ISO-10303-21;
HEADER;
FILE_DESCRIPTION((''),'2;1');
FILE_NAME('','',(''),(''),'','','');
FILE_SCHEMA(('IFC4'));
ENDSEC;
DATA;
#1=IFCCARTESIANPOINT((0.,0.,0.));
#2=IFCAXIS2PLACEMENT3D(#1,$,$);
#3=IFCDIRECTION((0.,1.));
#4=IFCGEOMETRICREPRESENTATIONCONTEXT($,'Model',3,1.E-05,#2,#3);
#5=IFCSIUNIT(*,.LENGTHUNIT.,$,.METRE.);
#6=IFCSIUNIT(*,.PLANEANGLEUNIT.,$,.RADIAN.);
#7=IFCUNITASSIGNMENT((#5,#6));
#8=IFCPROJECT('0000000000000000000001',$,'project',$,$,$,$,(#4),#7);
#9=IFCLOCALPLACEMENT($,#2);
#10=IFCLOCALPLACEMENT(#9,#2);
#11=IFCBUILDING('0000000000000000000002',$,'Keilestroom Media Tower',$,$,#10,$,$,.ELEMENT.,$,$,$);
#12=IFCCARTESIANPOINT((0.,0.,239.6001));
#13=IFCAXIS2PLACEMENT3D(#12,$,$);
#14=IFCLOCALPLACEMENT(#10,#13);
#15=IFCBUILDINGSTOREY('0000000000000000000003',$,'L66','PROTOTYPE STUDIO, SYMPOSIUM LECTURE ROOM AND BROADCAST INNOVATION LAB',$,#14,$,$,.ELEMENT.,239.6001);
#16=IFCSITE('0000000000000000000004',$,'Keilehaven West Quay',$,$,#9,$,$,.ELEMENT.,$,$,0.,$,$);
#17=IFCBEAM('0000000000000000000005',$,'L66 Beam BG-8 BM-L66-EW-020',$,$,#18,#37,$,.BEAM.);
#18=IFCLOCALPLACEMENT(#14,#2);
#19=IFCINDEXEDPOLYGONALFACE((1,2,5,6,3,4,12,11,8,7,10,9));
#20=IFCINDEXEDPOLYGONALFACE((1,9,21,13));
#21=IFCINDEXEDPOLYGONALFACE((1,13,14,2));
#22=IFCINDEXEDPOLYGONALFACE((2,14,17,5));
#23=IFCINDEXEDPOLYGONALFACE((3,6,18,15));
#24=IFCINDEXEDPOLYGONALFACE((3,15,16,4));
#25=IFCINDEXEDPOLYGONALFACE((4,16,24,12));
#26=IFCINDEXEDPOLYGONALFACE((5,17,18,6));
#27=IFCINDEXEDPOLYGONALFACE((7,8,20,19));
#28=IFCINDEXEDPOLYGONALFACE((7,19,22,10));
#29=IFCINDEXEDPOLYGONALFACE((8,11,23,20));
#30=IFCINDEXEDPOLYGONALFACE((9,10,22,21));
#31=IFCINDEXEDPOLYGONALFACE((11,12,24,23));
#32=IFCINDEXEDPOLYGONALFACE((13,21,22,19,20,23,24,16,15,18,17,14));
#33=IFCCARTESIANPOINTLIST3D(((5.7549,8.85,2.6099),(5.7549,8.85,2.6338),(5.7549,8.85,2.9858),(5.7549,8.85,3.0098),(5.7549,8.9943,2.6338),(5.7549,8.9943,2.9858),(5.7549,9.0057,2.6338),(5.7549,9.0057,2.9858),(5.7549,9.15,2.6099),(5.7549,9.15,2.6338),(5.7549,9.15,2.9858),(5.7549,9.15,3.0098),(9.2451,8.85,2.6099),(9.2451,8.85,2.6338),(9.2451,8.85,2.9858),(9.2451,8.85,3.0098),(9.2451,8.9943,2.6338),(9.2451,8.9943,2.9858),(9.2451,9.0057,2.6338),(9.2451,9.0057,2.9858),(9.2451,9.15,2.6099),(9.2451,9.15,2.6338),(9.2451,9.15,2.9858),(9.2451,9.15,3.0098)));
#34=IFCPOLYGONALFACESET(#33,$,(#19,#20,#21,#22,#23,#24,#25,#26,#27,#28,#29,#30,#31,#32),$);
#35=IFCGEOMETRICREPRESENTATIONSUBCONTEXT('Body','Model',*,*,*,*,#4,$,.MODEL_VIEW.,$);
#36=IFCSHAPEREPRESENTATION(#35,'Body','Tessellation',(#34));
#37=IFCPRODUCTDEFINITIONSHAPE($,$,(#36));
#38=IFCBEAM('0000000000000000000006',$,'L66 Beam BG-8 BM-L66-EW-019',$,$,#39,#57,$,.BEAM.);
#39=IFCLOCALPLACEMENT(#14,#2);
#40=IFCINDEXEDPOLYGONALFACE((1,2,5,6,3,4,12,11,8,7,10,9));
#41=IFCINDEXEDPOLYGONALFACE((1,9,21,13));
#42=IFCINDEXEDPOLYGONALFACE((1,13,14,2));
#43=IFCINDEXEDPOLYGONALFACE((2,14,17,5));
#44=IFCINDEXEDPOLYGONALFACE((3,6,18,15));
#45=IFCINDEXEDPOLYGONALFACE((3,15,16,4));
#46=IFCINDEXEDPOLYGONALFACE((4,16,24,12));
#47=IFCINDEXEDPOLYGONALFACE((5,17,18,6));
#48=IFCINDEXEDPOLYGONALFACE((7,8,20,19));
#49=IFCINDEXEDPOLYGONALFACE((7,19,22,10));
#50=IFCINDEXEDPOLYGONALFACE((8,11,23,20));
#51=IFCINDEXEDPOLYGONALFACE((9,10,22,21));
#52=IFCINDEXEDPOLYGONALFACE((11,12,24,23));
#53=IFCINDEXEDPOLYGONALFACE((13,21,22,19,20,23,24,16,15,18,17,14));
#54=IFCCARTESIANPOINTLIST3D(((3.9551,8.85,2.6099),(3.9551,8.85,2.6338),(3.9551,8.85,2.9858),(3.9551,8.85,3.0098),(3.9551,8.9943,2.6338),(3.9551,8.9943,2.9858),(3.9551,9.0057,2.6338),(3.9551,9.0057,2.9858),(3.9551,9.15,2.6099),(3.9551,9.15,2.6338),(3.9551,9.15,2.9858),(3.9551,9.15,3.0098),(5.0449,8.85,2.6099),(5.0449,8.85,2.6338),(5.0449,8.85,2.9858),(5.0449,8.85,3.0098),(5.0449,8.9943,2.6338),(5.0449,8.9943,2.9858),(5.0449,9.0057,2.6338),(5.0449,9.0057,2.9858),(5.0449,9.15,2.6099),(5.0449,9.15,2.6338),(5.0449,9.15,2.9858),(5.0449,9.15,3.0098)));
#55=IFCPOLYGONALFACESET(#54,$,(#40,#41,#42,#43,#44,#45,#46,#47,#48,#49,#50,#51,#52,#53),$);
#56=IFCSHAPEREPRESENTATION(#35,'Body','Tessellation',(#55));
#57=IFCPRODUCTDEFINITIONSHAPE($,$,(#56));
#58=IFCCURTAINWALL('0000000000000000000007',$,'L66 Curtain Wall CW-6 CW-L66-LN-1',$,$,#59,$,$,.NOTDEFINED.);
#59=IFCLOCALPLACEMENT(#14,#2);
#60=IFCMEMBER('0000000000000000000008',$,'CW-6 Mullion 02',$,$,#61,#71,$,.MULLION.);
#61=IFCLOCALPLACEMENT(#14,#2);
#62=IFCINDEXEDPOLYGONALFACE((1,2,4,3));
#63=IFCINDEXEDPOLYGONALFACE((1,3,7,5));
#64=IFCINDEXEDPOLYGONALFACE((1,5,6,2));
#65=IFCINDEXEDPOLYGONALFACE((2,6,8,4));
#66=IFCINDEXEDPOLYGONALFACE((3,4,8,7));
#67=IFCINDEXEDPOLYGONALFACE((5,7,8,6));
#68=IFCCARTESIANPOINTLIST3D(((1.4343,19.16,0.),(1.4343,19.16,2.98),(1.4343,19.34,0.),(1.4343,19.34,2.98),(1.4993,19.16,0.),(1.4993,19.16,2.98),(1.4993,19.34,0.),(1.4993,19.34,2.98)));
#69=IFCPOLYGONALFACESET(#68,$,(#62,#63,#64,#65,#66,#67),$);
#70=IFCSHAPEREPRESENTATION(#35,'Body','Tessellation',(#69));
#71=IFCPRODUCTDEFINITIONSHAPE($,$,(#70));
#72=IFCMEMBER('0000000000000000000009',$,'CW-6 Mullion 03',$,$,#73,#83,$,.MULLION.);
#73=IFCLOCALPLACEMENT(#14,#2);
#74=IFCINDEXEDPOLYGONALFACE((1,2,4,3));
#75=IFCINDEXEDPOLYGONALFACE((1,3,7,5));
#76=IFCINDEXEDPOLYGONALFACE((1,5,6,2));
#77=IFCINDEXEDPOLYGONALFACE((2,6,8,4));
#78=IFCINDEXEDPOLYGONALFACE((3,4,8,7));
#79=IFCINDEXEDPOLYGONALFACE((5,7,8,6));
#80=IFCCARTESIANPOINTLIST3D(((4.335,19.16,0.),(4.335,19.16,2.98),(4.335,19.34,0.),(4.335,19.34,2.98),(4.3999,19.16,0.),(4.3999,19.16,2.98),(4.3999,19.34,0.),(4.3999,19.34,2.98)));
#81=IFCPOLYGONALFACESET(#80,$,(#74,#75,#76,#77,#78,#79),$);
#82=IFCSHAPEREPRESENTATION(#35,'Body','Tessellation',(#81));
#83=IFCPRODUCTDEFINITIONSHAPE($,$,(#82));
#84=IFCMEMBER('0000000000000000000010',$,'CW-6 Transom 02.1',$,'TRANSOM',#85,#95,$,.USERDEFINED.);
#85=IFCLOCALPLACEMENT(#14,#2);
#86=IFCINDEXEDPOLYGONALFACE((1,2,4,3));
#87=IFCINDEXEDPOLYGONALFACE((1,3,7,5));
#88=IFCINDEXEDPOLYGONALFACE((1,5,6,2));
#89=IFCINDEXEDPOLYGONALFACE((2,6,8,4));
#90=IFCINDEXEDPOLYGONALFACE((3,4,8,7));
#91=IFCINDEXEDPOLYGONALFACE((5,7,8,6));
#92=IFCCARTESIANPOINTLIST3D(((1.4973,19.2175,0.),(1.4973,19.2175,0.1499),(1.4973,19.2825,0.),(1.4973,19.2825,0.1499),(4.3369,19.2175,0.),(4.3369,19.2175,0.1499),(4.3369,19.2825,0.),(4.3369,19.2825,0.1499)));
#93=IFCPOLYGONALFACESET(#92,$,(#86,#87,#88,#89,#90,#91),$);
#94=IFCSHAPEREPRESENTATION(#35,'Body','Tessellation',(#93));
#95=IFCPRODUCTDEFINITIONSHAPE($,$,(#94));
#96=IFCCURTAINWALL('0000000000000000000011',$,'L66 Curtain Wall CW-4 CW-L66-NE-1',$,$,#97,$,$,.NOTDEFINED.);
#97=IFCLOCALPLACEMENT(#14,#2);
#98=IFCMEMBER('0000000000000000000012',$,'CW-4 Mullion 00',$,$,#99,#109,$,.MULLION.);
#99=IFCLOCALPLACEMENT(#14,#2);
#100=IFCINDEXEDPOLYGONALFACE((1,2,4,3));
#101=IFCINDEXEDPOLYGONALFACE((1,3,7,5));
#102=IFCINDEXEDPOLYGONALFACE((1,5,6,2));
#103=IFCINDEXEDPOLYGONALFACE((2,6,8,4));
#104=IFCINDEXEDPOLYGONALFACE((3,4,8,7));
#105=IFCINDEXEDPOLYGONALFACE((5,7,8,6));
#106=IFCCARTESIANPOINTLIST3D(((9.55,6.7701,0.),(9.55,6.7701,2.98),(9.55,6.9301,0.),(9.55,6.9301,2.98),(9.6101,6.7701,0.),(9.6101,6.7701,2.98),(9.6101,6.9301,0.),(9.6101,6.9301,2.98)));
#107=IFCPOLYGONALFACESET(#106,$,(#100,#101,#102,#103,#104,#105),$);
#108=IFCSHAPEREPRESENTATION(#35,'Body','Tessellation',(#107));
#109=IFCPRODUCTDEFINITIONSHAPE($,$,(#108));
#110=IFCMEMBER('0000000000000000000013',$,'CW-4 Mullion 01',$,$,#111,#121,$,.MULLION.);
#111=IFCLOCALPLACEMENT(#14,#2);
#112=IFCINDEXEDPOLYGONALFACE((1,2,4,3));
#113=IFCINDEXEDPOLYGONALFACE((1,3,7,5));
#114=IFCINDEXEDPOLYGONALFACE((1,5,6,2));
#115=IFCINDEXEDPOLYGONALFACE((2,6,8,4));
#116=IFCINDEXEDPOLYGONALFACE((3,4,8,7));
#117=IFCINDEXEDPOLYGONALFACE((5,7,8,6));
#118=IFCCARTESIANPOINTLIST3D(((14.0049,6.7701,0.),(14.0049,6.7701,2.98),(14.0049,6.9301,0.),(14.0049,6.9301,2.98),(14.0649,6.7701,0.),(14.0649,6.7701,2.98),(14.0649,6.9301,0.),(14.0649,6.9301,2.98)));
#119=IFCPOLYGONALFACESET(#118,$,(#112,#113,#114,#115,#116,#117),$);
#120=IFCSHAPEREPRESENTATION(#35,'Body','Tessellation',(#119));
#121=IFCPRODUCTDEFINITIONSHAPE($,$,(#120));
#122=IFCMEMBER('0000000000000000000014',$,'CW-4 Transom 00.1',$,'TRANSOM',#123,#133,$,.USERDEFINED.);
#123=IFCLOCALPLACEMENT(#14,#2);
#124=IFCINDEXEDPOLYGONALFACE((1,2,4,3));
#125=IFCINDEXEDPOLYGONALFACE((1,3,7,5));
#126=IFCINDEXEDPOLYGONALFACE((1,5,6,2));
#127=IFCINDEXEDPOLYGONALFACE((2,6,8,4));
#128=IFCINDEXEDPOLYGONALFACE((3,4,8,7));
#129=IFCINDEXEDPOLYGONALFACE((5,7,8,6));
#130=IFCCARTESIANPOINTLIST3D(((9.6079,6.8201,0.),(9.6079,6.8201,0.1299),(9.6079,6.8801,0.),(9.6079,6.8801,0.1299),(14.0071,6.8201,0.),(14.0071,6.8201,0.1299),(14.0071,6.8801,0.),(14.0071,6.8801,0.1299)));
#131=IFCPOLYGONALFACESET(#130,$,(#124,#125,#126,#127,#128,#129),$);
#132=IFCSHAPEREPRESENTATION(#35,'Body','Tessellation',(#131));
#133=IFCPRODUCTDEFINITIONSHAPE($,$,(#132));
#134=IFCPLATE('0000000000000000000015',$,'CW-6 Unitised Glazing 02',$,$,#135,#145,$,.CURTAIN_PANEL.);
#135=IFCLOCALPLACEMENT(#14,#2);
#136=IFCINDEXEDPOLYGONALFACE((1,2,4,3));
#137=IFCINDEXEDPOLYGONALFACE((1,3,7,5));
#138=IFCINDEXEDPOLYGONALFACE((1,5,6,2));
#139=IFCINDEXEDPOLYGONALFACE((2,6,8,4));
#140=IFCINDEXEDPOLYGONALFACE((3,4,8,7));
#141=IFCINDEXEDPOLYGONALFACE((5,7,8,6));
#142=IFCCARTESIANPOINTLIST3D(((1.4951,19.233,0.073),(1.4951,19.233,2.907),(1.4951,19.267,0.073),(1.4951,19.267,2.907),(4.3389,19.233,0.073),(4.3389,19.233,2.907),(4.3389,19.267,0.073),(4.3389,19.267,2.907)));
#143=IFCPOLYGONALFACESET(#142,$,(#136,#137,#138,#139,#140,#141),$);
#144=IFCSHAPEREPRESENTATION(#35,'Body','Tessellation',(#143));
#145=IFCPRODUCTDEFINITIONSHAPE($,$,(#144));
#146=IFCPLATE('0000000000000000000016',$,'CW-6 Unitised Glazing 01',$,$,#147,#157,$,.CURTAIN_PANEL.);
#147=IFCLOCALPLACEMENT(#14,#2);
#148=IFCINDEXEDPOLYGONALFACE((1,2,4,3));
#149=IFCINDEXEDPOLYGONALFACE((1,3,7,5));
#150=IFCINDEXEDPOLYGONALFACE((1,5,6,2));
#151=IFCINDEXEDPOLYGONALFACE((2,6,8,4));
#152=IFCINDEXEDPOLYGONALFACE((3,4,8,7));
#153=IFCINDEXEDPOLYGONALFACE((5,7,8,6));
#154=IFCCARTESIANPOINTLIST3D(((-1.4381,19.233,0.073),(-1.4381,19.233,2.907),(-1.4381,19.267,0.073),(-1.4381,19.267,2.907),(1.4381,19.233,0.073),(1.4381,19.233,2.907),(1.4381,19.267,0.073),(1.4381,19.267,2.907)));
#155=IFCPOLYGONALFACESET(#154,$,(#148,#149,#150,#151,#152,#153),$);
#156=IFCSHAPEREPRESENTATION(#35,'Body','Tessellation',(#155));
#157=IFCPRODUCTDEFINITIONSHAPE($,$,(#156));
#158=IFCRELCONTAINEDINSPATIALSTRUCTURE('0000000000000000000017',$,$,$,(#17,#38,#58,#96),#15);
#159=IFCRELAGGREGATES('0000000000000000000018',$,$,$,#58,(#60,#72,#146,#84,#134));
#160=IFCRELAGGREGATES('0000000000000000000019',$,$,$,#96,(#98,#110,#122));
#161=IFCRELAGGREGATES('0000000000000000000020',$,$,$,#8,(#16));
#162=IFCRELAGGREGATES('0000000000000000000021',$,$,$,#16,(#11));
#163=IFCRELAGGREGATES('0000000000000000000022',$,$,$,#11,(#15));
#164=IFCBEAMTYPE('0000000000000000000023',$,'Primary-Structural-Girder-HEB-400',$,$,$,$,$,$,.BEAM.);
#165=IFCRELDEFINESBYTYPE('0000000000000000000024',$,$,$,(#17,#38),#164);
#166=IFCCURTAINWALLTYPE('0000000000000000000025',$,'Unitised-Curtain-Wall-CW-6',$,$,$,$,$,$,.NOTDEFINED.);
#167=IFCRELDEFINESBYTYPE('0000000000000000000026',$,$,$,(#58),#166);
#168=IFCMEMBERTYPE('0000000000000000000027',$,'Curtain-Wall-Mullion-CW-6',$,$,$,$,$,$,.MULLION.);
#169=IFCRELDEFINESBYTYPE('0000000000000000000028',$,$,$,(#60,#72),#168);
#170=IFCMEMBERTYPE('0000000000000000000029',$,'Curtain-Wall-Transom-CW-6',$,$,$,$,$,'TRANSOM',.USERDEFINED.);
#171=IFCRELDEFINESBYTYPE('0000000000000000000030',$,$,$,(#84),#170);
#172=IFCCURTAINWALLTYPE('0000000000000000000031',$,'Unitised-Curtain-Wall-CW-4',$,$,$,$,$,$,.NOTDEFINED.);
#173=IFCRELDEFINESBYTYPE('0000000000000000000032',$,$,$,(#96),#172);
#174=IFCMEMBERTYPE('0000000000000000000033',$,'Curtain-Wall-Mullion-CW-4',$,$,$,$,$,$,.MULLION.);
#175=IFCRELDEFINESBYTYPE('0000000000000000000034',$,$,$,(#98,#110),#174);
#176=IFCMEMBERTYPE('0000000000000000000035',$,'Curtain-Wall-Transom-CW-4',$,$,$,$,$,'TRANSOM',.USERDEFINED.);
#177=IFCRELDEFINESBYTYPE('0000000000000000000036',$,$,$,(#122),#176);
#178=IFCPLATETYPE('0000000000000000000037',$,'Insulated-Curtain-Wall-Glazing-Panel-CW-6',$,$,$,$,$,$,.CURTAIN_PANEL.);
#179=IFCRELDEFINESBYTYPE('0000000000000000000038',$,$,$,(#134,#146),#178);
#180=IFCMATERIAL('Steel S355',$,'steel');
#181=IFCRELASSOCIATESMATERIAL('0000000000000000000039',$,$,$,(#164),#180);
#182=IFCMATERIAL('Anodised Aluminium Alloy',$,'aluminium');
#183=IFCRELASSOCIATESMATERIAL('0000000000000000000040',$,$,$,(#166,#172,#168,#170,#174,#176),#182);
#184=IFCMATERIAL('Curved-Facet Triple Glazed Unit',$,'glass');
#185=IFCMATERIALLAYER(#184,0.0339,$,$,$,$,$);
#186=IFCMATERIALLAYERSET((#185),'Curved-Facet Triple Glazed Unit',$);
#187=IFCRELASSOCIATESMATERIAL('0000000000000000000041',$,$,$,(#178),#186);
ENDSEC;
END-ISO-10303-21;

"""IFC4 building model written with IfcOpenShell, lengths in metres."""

from ifc_helpers import new_model, si_unit, direction, frame, origin, origin_2d, place, context, subcontext, project, spatial, rectangle, i_section, extrude, source, transform, mapped, material, layer, layer_set, material_profile, profile_set, type_object, element, aggregate, save


model = new_model("IFC4")

# Units and contexts
model_context = context("Model", 3, precision=1e-05, world=origin(), true_north=direction((0.0, 1.0)))
body_context = subcontext(model_context, "Body", "Model", "MODEL_VIEW")
ifc_project = project(units=[si_unit("LENGTHUNIT", "METRE"), si_unit("PLANEANGLEUNIT", "RADIAN")], contexts=[model_context])

# Site, building, storey
site_placement = place(None, origin())
site = spatial("IfcSite", under=ifc_project, at=site_placement, Name="Keilehaven West Quay", CompositionType="ELEMENT", RefElevation=0.0)
building_placement = place(site_placement, origin())
building = spatial("IfcBuilding", under=site, at=building_placement, Name="Keilestroom Media Tower", CompositionType="ELEMENT")
storey_placement = place(building_placement, frame((0.0, 0.0, 239.6001)))
storey = spatial("IfcBuildingStorey", under=building, at=storey_placement, Name="L66", Description="PROTOTYPE STUDIO, SYMPOSIUM LECTURE ROOM AND BROADCAST INNOVATION LAB", CompositionType="ELEMENT", Elevation=239.6001)

# Shared definitions
ifc_material_1 = material(Name="Steel S355", Category="steel")

# Beams
ifc_material_profile_1 = material_profile(ifc_material_1, i_section(OverallWidth=0.3, OverallDepth=0.3999, WebThickness=0.0115, FlangeThickness=0.0239, at=origin_2d()), Name="HEB 400")
ifc_profile_set_1 = profile_set([ifc_material_profile_1], Name="Steel S355")
beam_type = type_object("IfcBeamType", Name="Primary-Structural-Girder-HEB-400", PredefinedType="BEAM", material=ifc_profile_set_1)
shared_shape_1 = source(origin(), body_context, "Body", "SweptSolid", [
    extrude(i_section(OverallWidth=0.3, OverallDepth=0.3999, WebThickness=0.0115, FlangeThickness=0.0239, at=origin_2d()), origin(), (0.0, 0.0, 1.0), 3.4902),
])
beam_1_placement = place(storey_placement, frame((5.7549, 9.0, 2.8098), z_axis=(1.0, 0.0, 0.0), x_axis=(0.0, 1.0, 0.0)))
element("IfcBeam", 1, at=beam_1_placement, inside=storey, type_object=beam_type, Name="L66 Beam BG-8 BM-L66-EW-020", PredefinedType="BEAM", context=body_context, shape_type="MappedRepresentation", body=[
    mapped(shared_shape_1, transform((0.0, 0.0, 0.0), x_axis=(1.0, 0.0, 0.0), y_axis=(0.0, 1.0, 0.0), z_axis=(0.0, 0.0, 1.0), scale=1.0)),
])
shared_shape_2 = source(origin(), body_context, "Body", "SweptSolid", [
    extrude(i_section(OverallWidth=0.3, OverallDepth=0.3999, WebThickness=0.0115, FlangeThickness=0.0239, at=origin_2d()), origin(), (0.0, 0.0, 1.0), 1.0898),
])
beam_2_placement = place(storey_placement, frame((3.9551, 9.0, 2.8098), z_axis=(1.0, 0.0, 0.0), x_axis=(0.0, 1.0, 0.0)))
element("IfcBeam", 2, at=beam_2_placement, inside=storey, type_object=beam_type, Name="L66 Beam BG-8 BM-L66-EW-019", PredefinedType="BEAM", context=body_context, shape_type="MappedRepresentation", body=[
    mapped(shared_shape_2, transform((0.0, 0.0, 0.0), x_axis=(1.0, 0.0, 0.0), y_axis=(0.0, 1.0, 0.0), z_axis=(0.0, 0.0, 1.0), scale=1.0)),
])

# Curtain walls, members
ifc_material_2 = material(Name="Anodised Aluminium Alloy", Category="aluminium")
curtain_wall_type_1 = type_object("IfcCurtainWallType", Name="Unitised-Curtain-Wall-CW-6", PredefinedType="NOTDEFINED", material=ifc_material_2)
curtain_wall_1_placement = place(storey_placement, origin())
curtain_wall_1 = element("IfcCurtainWall", 3, at=curtain_wall_1_placement, inside=storey, type_object=curtain_wall_type_1, Name="L66 Curtain Wall CW-6 CW-L66-LN-1", PredefinedType="NOTDEFINED")
ifc_material_profile_2 = material_profile(ifc_material_2, rectangle(XDim=0.0649, YDim=0.1799, at=origin_2d()), Name="ALU MULLION 65x180")
ifc_profile_set_2 = profile_set([ifc_material_profile_2], Name="Anodised Aluminium Alloy")
member_type_1 = type_object("IfcMemberType", Name="Curtain-Wall-Mullion-CW-6", PredefinedType="MULLION", material=ifc_profile_set_2)
shared_shape_3 = source(origin(), body_context, "Body", "SweptSolid", [
    extrude(rectangle(XDim=0.0649, YDim=0.1799, at=origin_2d()), origin(), (0.0, 0.0, 1.0), 2.98),
])
member_1_placement = place(storey_placement, frame((1.4668, 19.25, 0.0), z_axis=(0.0, 0.0, 1.0), x_axis=(1.0, 0.0, 0.0)))
member_1 = element("IfcMember", 4, at=member_1_placement, type_object=member_type_1, Name="CW-6 Mullion 02", PredefinedType="MULLION", context=body_context, shape_type="MappedRepresentation", body=[
    mapped(shared_shape_3, transform((0.0, 0.0, 0.0), x_axis=(1.0, 0.0, 0.0), y_axis=(0.0, 1.0, 0.0), z_axis=(0.0, 0.0, 1.0), scale=1.0)),
])
member_2_placement = place(storey_placement, frame((4.3674, 19.25, 0.0), z_axis=(0.0, 0.0, 1.0), x_axis=(1.0, 0.0, 0.0)))
member_2 = element("IfcMember", 5, at=member_2_placement, type_object=member_type_1, Name="CW-6 Mullion 03", PredefinedType="MULLION", context=body_context, shape_type="MappedRepresentation", body=[
    mapped(shared_shape_3, transform((0.0, 0.0, 0.0), x_axis=(1.0, 0.0, 0.0), y_axis=(0.0, 1.0, 0.0), z_axis=(0.0, 0.0, 1.0), scale=1.0)),
])
ifc_material_profile_3 = material_profile(ifc_material_2, rectangle(XDim=0.0649, YDim=0.1499, at=origin_2d()), Name="ALU TRANSOM 65x150")
ifc_profile_set_3 = profile_set([ifc_material_profile_3], Name="Anodised Aluminium Alloy")
member_type_2 = type_object("IfcMemberType", Name="Curtain-Wall-Transom-CW-6", ElementType="TRANSOM", PredefinedType="USERDEFINED", material=ifc_profile_set_3)
shared_shape_4 = source(origin(), body_context, "Body", "SweptSolid", [
    extrude(rectangle(XDim=0.0649, YDim=0.1499, at=origin_2d()), origin(), (0.0, 0.0, 1.0), 2.8396),
])
member_3_placement = place(storey_placement, frame((1.4973, 19.25, 0.075), z_axis=(1.0, 0.0, 0.0), x_axis=(0.0, 1.0, 0.0)))
member_3 = element("IfcMember", 6, at=member_3_placement, type_object=member_type_2, Name="CW-6 Transom 02.1", ObjectType="TRANSOM", PredefinedType="USERDEFINED", context=body_context, shape_type="MappedRepresentation", body=[
    mapped(shared_shape_4, transform((0.0, 0.0, 0.0), x_axis=(1.0, 0.0, 0.0), y_axis=(0.0, 1.0, 0.0), z_axis=(0.0, 0.0, 1.0), scale=1.0)),
])
curtain_wall_type_2 = type_object("IfcCurtainWallType", Name="Unitised-Curtain-Wall-CW-4", PredefinedType="NOTDEFINED", material=ifc_material_2)
curtain_wall_2_placement = place(storey_placement, origin())
curtain_wall_2 = element("IfcCurtainWall", 7, at=curtain_wall_2_placement, inside=storey, type_object=curtain_wall_type_2, Name="L66 Curtain Wall CW-4 CW-L66-NE-1", PredefinedType="NOTDEFINED")
ifc_material_profile_4 = material_profile(ifc_material_2, rectangle(XDim=0.0601, YDim=0.1599, at=origin_2d()), Name="ALU MULLION 60x160")
ifc_profile_set_4 = profile_set([ifc_material_profile_4], Name="Anodised Aluminium Alloy")
member_type_3 = type_object("IfcMemberType", Name="Curtain-Wall-Mullion-CW-4", PredefinedType="MULLION", material=ifc_profile_set_4)
shared_shape_5 = source(origin(), body_context, "Body", "SweptSolid", [
    extrude(rectangle(XDim=0.0601, YDim=0.1599, at=origin_2d()), origin(), (0.0, 0.0, 1.0), 2.98),
])
member_4_placement = place(storey_placement, frame((9.5801, 6.8501, 0.0), z_axis=(0.0, 0.0, 1.0), x_axis=(1.0, 0.0, 0.0)))
member_4 = element("IfcMember", 8, at=member_4_placement, type_object=member_type_3, Name="CW-4 Mullion 00", PredefinedType="MULLION", context=body_context, shape_type="MappedRepresentation", body=[
    mapped(shared_shape_5, transform((0.0, 0.0, 0.0), x_axis=(1.0, 0.0, 0.0), y_axis=(0.0, 1.0, 0.0), z_axis=(0.0, 0.0, 1.0), scale=1.0)),
])
member_5_placement = place(storey_placement, frame((14.0349, 6.8501, 0.0), z_axis=(0.0, 0.0, 1.0), x_axis=(1.0, 0.0, 0.0)))
member_5 = element("IfcMember", 9, at=member_5_placement, type_object=member_type_3, Name="CW-4 Mullion 01", PredefinedType="MULLION", context=body_context, shape_type="MappedRepresentation", body=[
    mapped(shared_shape_5, transform((0.0, 0.0, 0.0), x_axis=(1.0, 0.0, 0.0), y_axis=(0.0, 1.0, 0.0), z_axis=(0.0, 0.0, 1.0), scale=1.0)),
])
ifc_material_profile_5 = material_profile(ifc_material_2, rectangle(XDim=0.0601, YDim=0.1299, at=origin_2d()), Name="ALU TRANSOM 60x130")
ifc_profile_set_5 = profile_set([ifc_material_profile_5], Name="Anodised Aluminium Alloy")
member_type_4 = type_object("IfcMemberType", Name="Curtain-Wall-Transom-CW-4", ElementType="TRANSOM", PredefinedType="USERDEFINED", material=ifc_profile_set_5)
shared_shape_6 = source(origin(), body_context, "Body", "SweptSolid", [
    extrude(rectangle(XDim=0.0601, YDim=0.1299, at=origin_2d()), origin(), (0.0, 0.0, 1.0), 4.3992),
])
member_6_placement = place(storey_placement, frame((9.6079, 6.8501, 0.0649), z_axis=(1.0, 0.0, 0.0), x_axis=(0.0, 1.0, 0.0)))
member_6 = element("IfcMember", 10, at=member_6_placement, type_object=member_type_4, Name="CW-4 Transom 00.1", ObjectType="TRANSOM", PredefinedType="USERDEFINED", context=body_context, shape_type="MappedRepresentation", body=[
    mapped(shared_shape_6, transform((0.0, 0.0, 0.0), x_axis=(1.0, 0.0, 0.0), y_axis=(0.0, 1.0, 0.0), z_axis=(0.0, 0.0, 1.0), scale=1.0)),
])

# Plates
ifc_material_3 = material(Name="Curved-Facet Triple Glazed Unit", Category="glass")
ifc_layer_1 = layer(ifc_material_3, 0.0339)
ifc_layer_set_1 = layer_set([ifc_layer_1], Name="Curved-Facet Triple Glazed Unit")
plate_type_1 = type_object("IfcPlateType", Name="Insulated-Curtain-Wall-Glazing-Panel-CW-6", PredefinedType="CURTAIN_PANEL", material=ifc_layer_set_1)
shared_shape_7 = source(origin(), body_context, "Body", "SweptSolid", [
    extrude(rectangle(XDim=2.8438, YDim=0.0339, at=origin_2d()), origin(), (0.0, 0.0, 1.0), 2.834),
])
plate_1_placement = place(storey_placement, frame((2.917, 19.25, 0.073), z_axis=(0.0, 0.0, 1.0), x_axis=(1.0, 0.0, 0.0)))
plate_1 = element("IfcPlate", 11, at=plate_1_placement, type_object=plate_type_1, Name="CW-6 Unitised Glazing 02", PredefinedType="CURTAIN_PANEL", context=body_context, shape_type="MappedRepresentation", body=[
    mapped(shared_shape_7, transform((0.0, 0.0, 0.0), x_axis=(1.0, 0.0, 0.0), y_axis=(0.0, 1.0, 0.0), z_axis=(0.0, 0.0, 1.0), scale=1.0)),
])
shared_shape_8 = source(origin(), body_context, "Body", "SweptSolid", [
    extrude(rectangle(XDim=2.8762, YDim=0.0339, at=origin_2d()), origin(), (0.0, 0.0, 1.0), 2.834),
])
plate_2_placement = place(storey_placement, frame((0.0, 19.25, 0.073), z_axis=(0.0, 0.0, 1.0), x_axis=(1.0, 0.0, 0.0)))
plate_2 = element("IfcPlate", 12, at=plate_2_placement, type_object=plate_type_1, Name="CW-6 Unitised Glazing 01", PredefinedType="CURTAIN_PANEL", context=body_context, shape_type="MappedRepresentation", body=[
    mapped(shared_shape_8, transform((0.0, 0.0, 0.0), x_axis=(1.0, 0.0, 0.0), y_axis=(0.0, 1.0, 0.0), z_axis=(0.0, 0.0, 1.0), scale=1.0)),
])
aggregate(curtain_wall_1, [member_1, member_2, plate_2, member_3, plate_1])
aggregate(curtain_wall_2, [member_4, member_5, member_6])

save(model, "model.ifc")
